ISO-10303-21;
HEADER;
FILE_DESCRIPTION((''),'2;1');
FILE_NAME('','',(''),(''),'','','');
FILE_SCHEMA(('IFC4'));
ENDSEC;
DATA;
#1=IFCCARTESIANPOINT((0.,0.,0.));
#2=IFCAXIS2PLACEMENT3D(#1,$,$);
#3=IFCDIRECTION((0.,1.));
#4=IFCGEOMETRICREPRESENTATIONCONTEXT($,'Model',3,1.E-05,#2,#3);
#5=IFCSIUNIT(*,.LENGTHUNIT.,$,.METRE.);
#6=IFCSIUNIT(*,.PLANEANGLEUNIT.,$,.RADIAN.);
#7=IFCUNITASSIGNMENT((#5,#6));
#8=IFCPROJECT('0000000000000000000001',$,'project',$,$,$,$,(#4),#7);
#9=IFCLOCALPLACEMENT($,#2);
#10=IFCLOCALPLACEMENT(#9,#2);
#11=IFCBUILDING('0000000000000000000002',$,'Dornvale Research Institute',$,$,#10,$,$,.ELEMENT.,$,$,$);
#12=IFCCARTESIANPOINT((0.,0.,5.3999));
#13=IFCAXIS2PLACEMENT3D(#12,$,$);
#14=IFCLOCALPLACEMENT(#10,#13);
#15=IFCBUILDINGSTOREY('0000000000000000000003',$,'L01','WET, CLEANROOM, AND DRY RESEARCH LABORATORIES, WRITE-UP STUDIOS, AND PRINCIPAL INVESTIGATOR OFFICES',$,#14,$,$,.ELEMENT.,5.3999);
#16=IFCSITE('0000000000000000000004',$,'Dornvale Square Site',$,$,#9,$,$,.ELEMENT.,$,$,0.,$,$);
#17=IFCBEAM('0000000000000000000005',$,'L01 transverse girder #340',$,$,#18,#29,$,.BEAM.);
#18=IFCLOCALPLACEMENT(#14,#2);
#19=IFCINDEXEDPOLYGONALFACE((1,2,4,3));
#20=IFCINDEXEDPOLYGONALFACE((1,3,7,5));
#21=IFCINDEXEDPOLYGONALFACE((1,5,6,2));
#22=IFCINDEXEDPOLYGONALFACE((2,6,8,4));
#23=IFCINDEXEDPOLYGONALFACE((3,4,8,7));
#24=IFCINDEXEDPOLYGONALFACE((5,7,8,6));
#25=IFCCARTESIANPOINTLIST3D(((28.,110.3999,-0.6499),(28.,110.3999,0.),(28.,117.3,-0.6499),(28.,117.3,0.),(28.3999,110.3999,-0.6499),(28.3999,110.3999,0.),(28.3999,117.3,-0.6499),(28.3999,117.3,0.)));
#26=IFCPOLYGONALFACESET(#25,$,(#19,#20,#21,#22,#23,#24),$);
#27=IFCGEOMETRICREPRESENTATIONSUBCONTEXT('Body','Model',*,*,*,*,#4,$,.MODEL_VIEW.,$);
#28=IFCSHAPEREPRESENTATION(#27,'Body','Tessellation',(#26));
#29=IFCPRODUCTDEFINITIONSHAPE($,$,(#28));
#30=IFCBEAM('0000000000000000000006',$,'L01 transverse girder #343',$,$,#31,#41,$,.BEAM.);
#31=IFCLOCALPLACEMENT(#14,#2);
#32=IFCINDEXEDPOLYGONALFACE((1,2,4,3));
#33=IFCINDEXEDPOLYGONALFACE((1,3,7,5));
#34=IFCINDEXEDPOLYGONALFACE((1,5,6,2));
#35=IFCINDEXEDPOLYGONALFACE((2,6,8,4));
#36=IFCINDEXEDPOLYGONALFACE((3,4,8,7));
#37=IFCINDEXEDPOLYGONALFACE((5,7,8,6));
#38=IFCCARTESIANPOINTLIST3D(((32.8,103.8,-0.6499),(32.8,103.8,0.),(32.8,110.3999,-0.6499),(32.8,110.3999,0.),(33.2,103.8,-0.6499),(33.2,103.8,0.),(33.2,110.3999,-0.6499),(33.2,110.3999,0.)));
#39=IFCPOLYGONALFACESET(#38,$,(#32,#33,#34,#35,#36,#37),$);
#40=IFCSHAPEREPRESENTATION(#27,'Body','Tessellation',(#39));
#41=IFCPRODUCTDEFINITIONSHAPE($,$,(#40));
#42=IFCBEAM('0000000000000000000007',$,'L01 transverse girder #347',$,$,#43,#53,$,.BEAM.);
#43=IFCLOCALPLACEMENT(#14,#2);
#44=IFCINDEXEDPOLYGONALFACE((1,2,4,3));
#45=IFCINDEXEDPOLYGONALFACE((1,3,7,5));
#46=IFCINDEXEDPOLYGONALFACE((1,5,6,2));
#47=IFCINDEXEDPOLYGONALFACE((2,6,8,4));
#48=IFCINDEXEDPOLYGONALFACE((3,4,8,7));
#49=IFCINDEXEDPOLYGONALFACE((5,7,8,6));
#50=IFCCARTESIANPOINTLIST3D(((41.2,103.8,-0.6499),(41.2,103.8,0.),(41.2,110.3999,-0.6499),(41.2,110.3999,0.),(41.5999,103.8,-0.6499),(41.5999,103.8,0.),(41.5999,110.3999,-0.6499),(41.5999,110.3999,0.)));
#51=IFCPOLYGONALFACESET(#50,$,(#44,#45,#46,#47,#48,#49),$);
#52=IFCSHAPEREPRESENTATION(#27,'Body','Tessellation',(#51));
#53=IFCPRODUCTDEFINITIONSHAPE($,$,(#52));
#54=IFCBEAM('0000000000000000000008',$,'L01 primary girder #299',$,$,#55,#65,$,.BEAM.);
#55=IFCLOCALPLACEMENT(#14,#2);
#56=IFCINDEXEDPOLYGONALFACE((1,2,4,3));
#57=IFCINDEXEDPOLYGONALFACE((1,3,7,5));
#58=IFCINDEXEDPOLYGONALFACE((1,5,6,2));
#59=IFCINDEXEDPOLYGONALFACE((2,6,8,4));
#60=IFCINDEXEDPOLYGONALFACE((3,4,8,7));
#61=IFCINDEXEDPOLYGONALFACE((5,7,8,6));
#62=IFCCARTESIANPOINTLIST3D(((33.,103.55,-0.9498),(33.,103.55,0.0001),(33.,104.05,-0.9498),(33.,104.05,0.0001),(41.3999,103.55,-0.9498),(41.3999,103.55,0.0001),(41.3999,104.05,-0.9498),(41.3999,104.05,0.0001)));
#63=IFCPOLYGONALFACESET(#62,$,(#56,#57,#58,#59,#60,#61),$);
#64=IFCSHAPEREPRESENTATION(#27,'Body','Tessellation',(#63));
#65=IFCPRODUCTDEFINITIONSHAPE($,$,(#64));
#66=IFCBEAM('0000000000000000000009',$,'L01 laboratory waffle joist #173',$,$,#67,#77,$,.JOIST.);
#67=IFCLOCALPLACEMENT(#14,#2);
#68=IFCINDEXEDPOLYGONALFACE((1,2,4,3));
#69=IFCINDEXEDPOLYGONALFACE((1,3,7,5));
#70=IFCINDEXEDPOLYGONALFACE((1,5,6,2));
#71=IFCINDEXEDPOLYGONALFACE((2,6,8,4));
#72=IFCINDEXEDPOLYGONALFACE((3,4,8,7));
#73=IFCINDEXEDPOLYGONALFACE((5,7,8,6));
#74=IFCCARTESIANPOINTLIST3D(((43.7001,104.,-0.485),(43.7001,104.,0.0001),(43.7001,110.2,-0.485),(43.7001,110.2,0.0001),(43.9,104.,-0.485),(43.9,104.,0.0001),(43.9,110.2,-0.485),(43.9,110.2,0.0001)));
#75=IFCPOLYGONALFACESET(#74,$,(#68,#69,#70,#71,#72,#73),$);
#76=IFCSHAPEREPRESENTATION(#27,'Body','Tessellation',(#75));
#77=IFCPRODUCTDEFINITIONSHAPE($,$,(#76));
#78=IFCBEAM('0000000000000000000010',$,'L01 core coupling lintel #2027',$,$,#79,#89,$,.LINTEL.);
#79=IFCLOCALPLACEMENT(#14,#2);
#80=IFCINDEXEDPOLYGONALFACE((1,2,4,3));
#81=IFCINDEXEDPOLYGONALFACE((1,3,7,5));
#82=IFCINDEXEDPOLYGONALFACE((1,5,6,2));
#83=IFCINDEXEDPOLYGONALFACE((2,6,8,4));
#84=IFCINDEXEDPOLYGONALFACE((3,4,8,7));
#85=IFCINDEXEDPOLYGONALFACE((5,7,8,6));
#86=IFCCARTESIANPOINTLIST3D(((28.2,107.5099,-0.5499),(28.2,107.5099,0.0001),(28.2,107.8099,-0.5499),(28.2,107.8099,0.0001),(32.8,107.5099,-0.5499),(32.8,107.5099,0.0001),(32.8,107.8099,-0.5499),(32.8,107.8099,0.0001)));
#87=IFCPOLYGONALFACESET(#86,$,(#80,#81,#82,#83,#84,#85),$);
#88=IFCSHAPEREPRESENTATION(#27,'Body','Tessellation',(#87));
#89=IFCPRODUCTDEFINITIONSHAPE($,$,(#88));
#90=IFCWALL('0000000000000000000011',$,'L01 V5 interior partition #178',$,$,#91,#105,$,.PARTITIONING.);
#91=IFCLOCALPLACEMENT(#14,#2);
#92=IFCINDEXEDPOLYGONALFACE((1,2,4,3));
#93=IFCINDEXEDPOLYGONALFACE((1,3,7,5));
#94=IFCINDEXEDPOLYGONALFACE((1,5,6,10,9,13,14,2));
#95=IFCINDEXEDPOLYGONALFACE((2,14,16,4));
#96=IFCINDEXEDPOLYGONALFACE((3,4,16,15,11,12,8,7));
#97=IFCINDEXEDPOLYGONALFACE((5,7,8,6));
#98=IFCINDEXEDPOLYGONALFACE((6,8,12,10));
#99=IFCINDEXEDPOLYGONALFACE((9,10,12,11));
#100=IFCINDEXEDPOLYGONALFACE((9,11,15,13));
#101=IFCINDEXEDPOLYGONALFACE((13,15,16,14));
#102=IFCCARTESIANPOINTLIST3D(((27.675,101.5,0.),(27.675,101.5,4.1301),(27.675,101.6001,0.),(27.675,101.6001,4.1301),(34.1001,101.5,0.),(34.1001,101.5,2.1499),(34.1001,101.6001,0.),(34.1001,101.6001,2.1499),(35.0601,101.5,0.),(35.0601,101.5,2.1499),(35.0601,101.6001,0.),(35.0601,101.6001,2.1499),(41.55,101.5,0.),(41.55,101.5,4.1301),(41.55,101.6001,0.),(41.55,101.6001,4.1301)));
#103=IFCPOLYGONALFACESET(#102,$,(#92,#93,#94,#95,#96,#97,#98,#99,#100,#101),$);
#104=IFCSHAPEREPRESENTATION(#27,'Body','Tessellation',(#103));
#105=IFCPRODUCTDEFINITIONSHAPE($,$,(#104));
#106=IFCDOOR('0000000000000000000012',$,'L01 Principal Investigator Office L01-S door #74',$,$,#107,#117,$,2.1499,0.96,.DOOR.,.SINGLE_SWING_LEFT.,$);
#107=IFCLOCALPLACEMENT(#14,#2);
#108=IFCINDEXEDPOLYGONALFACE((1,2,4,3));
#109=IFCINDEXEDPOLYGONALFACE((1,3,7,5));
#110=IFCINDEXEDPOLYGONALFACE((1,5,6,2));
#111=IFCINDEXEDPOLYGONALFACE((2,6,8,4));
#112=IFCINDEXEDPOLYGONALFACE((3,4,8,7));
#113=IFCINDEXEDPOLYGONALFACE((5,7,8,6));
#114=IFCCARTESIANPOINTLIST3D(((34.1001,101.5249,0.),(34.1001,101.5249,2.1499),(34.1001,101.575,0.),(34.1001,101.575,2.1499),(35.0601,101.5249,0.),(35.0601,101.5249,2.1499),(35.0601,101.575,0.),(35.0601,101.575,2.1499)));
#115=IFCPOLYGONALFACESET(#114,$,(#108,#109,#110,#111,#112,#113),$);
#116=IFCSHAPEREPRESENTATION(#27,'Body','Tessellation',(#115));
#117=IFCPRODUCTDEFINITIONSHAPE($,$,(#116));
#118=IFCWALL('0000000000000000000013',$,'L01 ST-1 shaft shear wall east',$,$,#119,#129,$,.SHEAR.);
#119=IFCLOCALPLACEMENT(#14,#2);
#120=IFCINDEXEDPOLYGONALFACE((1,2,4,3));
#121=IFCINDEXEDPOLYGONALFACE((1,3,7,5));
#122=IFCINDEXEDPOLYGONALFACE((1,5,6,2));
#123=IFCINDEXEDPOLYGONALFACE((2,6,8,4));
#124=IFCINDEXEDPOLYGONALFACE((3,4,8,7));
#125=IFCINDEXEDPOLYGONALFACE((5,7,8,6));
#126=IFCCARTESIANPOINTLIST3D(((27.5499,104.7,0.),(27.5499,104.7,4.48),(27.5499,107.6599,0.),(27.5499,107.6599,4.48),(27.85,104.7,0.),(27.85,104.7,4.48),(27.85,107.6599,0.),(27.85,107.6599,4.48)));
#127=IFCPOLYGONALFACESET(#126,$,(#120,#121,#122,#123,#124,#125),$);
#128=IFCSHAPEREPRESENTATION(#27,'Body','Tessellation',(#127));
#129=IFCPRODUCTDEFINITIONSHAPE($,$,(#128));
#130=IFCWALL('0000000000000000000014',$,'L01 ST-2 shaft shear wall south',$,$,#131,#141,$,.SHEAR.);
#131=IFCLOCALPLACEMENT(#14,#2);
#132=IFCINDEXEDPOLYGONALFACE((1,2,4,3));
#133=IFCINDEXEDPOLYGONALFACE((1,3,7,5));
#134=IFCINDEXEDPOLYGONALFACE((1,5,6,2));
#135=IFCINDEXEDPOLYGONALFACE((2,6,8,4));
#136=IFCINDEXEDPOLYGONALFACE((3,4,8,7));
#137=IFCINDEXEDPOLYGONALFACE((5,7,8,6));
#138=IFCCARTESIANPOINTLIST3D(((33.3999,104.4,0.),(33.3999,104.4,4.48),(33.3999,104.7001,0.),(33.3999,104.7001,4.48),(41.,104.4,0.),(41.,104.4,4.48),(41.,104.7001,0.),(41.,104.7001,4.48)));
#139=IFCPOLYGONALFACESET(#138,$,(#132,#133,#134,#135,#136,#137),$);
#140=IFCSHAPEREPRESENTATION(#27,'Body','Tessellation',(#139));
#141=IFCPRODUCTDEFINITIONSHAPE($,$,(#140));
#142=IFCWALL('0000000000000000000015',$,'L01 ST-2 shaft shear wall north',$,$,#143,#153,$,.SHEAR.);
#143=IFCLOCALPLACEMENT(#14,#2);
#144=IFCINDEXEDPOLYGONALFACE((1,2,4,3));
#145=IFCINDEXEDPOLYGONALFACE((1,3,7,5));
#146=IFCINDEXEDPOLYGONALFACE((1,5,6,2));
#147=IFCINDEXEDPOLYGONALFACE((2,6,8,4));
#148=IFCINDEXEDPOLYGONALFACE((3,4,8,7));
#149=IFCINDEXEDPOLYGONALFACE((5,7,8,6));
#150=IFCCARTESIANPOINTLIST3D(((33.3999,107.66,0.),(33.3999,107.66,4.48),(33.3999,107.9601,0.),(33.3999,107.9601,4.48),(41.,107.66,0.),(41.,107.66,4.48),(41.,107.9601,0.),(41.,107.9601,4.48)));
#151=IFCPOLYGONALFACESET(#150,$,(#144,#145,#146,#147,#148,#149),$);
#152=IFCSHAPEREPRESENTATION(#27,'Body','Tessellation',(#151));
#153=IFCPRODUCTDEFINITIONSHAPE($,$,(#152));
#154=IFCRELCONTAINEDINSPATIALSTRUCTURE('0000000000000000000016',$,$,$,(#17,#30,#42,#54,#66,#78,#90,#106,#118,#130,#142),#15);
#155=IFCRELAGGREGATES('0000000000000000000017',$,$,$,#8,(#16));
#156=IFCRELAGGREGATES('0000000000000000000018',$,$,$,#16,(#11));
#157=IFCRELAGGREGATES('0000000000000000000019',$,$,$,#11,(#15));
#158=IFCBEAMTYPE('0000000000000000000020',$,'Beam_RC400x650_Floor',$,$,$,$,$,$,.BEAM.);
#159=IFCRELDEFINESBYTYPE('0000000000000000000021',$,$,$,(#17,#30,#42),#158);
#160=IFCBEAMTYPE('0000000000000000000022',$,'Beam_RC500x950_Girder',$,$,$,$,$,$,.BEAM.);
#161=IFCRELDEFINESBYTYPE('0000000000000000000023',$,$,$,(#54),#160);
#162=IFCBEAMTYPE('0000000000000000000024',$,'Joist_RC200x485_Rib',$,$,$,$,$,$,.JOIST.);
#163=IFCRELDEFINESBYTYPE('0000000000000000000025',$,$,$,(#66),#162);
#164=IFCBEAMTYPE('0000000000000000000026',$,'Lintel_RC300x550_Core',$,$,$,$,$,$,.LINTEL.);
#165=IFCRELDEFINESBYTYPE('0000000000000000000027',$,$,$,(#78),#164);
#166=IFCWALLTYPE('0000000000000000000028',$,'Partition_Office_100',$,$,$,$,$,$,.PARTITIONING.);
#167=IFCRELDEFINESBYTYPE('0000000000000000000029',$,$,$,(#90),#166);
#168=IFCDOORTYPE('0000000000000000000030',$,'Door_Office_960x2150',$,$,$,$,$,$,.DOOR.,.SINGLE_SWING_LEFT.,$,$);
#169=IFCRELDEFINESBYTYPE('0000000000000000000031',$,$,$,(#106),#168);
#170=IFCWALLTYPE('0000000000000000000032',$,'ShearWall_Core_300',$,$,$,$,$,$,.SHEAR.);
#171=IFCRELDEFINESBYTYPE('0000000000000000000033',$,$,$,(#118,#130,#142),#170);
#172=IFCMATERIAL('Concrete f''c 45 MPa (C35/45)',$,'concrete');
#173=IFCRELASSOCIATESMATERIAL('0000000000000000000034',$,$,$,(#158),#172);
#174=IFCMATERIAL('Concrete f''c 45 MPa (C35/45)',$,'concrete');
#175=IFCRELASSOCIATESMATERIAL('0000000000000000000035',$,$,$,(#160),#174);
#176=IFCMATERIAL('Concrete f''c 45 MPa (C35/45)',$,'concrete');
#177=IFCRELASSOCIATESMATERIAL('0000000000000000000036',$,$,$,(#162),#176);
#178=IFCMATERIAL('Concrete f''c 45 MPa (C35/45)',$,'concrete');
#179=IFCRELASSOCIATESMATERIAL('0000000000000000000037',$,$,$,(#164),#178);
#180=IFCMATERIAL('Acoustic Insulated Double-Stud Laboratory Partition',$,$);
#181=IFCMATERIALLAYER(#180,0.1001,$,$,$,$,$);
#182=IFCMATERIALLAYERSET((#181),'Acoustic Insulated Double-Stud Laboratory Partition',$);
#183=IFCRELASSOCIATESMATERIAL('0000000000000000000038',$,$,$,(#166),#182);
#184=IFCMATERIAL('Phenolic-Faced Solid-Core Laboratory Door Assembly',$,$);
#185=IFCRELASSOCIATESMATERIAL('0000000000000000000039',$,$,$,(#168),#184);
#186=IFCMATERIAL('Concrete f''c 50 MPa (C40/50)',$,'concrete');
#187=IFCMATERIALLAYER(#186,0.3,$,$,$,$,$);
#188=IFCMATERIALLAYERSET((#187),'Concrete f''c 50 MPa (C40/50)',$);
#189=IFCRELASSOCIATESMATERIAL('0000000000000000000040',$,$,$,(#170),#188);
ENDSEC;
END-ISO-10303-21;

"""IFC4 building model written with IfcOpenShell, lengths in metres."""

from ifc_helpers import new_model, si_unit, direction, frame, frame_2d, origin, origin_2d, place, context, subcontext, project, spatial, rectangle, extrude, material, layer, layer_set, material_profile, profile_set, type_object, element, fill, save


model = new_model("IFC4")

# Units and contexts
model_context = context("Model", 3, precision=1e-05, world=origin(), true_north=direction((0.0, 1.0)))
body_context = subcontext(model_context, "Body", "Model", "MODEL_VIEW")
ifc_project = project(units=[si_unit("LENGTHUNIT", "METRE"), si_unit("PLANEANGLEUNIT", "RADIAN")], contexts=[model_context])

# Site, building, storey
site_placement = place(None, origin())
site = spatial("IfcSite", under=ifc_project, at=site_placement, Name="Dornvale Square Site", CompositionType="ELEMENT", RefElevation=0.0)
building_placement = place(site_placement, origin())
building = spatial("IfcBuilding", under=site, at=building_placement, Name="Dornvale Research Institute", CompositionType="ELEMENT")
storey_placement = place(building_placement, frame((0.0, 0.0, 5.3999)))
storey = spatial("IfcBuildingStorey", under=building, at=storey_placement, Name="L01", Description="WET, CLEANROOM, AND DRY RESEARCH LABORATORIES, WRITE-UP STUDIOS, AND PRINCIPAL INVESTIGATOR OFFICES", CompositionType="ELEMENT", Elevation=5.3999)

# Beams
ifc_material_1 = material(Name="Concrete f'c 45 MPa (C35/45)", Category="concrete")
ifc_material_profile_1 = material_profile(ifc_material_1, rectangle(XDim=0.3999, YDim=0.6499, at=origin_2d()), Name="RC 400x650")
ifc_profile_set_1 = profile_set([ifc_material_profile_1], Name="Concrete f'c 45 MPa (C35/45)")
beam_type_1 = type_object("IfcBeamType", Name="Beam_RC400x650_Floor", PredefinedType="BEAM", material=ifc_profile_set_1)
beam_1_placement = place(storey_placement, frame((28.2, 110.3999, -0.325), z_axis=(0.0, 1.0, 0.0), x_axis=(-1.0, 0.0, 0.0)))
element("IfcBeam", 1, at=beam_1_placement, inside=storey, type_object=beam_type_1, Name="L01 transverse girder #340", PredefinedType="BEAM", context=body_context, shape_type="SweptSolid", body=[
    extrude(rectangle(XDim=0.3999, YDim=0.6499, at=origin_2d()), origin(), (0.0, 0.0, 1.0), 6.9001),
])
for number, where, z_axis, x_axis, name in (
    (2, (33.0, 103.8, -0.325), (0.0, 1.0, 0.0), (-1.0, 0.0, 0.0), "L01 transverse girder #343"),
    (3, (41.3999, 103.8, -0.325), (0.0, 1.0, 0.0), (-1.0, 0.0, 0.0), "L01 transverse girder #347"),
):
    element("IfcBeam", number, at=place(storey_placement, frame(where, z_axis=z_axis, x_axis=x_axis)), inside=storey, type_object=beam_type_1, Name=name, PredefinedType="BEAM", context=body_context, shape_type="SweptSolid", body=[
        extrude(rectangle(XDim=0.3999, YDim=0.6499, at=origin_2d()), origin(), (0.0, 0.0, 1.0), 6.5999),
    ])
ifc_material_2 = material(Name="Concrete f'c 45 MPa (C35/45)", Category="concrete")
ifc_material_profile_2 = material_profile(ifc_material_2, rectangle(XDim=0.5, YDim=0.95, at=origin_2d()), Name="RC 500x950")
ifc_profile_set_2 = profile_set([ifc_material_profile_2], Name="Concrete f'c 45 MPa (C35/45)")
beam_type_2 = type_object("IfcBeamType", Name="Beam_RC500x950_Girder", PredefinedType="BEAM", material=ifc_profile_set_2)
beam_2_placement = place(storey_placement, frame((33.0, 103.8, -0.4749), z_axis=(1.0, 0.0, 0.0), x_axis=(0.0, 1.0, 0.0)))
element("IfcBeam", 4, at=beam_2_placement, inside=storey, type_object=beam_type_2, Name="L01 primary girder #299", PredefinedType="BEAM", context=body_context, shape_type="SweptSolid", body=[
    extrude(rectangle(XDim=0.5, YDim=0.95, at=origin_2d()), origin(), (0.0, 0.0, 1.0), 8.3999),
])
ifc_material_3 = material(Name="Concrete f'c 45 MPa (C35/45)", Category="concrete")
ifc_material_profile_3 = material_profile(ifc_material_3, rectangle(XDim=0.2, YDim=0.4851, at=origin_2d()), Name="RC 200x485")
ifc_profile_set_3 = profile_set([ifc_material_profile_3], Name="Concrete f'c 45 MPa (C35/45)")
beam_type_3 = type_object("IfcBeamType", Name="Joist_RC200x485_Rib", PredefinedType="JOIST", material=ifc_profile_set_3)
beam_3_placement = place(storey_placement, frame((43.8, 104.0, -0.2424), z_axis=(0.0, 1.0, 0.0), x_axis=(-1.0, 0.0, 0.0)))
element("IfcBeam", 5, at=beam_3_placement, inside=storey, type_object=beam_type_3, Name="L01 laboratory waffle joist #173", PredefinedType="JOIST", context=body_context, shape_type="SweptSolid", body=[
    extrude(rectangle(XDim=0.2, YDim=0.4851, at=origin_2d()), origin(), (0.0, 0.0, 1.0), 6.2),
])
ifc_material_4 = material(Name="Concrete f'c 45 MPa (C35/45)", Category="concrete")
ifc_material_profile_4 = material_profile(ifc_material_4, rectangle(XDim=0.3, YDim=0.55, at=origin_2d()), Name="RC 300x550")
ifc_profile_set_4 = profile_set([ifc_material_profile_4], Name="Concrete f'c 45 MPa (C35/45)")
beam_type_4 = type_object("IfcBeamType", Name="Lintel_RC300x550_Core", PredefinedType="LINTEL", material=ifc_profile_set_4)
beam_4_placement = place(storey_placement, frame((28.2, 107.6599, -0.2749), z_axis=(1.0, 0.0, 0.0), x_axis=(0.0, 1.0, 0.0)))
element("IfcBeam", 6, at=beam_4_placement, inside=storey, type_object=beam_type_4, Name="L01 core coupling lintel #2027", PredefinedType="LINTEL", context=body_context, shape_type="SweptSolid", body=[
    extrude(rectangle(XDim=0.3, YDim=0.55, at=origin_2d()), origin(), (0.0, 0.0, 1.0), 4.6001),
])

# Wall, opening, door
ifc_material_5 = material(Name="Acoustic Insulated Double-Stud Laboratory Partition")
ifc_layer_1 = layer(ifc_material_5, 0.1001)
ifc_layer_set_1 = layer_set([ifc_layer_1], Name="Acoustic Insulated Double-Stud Laboratory Partition")
wall_type_1 = type_object("IfcWallType", Name="Partition_Office_100", PredefinedType="PARTITIONING", material=ifc_layer_set_1)
wall_1_placement = place(storey_placement, frame((27.675, 101.55, 0.0), z_axis=(0.0, 0.0, 1.0), x_axis=(1.0, 0.0, 0.0)))
wall_1 = element("IfcWall", 7, at=wall_1_placement, inside=storey, type_object=wall_type_1, Name="L01 V5 interior partition #178", PredefinedType="PARTITIONING", context=body_context, shape_type="SweptSolid", body=[
    extrude(rectangle(XDim=13.875, YDim=0.1001, at=frame_2d((6.9375, 0.0))), origin(), (0.0, 0.0, 1.0), 4.1301),
])
opening_1_placement = place(wall_1_placement, frame((6.425, 0.0, 0.0)))
opening_1 = element("IfcOpeningElement", 8, at=opening_1_placement, cuts=wall_1, PredefinedType="OPENING", context=body_context, shape_type="SweptSolid", body=[
    extrude(rectangle(XDim=0.96, YDim=2.1499, at=frame_2d((0.48, 1.075))), frame((0.0, 0.0649, 0.0), z_axis=(0.0, -1.0, 0.0), x_axis=(1.0, 0.0, 0.0)), (0.0, 0.0, 1.0), 0.1301),
])
ifc_material_6 = material(Name="Phenolic-Faced Solid-Core Laboratory Door Assembly")
door_type_1 = type_object("IfcDoorType", Name="Door_Office_960x2150", OperationType="SINGLE_SWING_LEFT", PredefinedType="DOOR", material=ifc_material_6)
door_1_placement = place(opening_1_placement, origin())
door_1 = element("IfcDoor", 9, at=door_1_placement, inside=storey, type_object=door_type_1, Name="L01 Principal Investigator Office L01-S door #74", OperationType="SINGLE_SWING_LEFT", OverallHeight=2.1499, OverallWidth=0.96, PredefinedType="DOOR", context=body_context, shape_type="SweptSolid", body=[
    extrude(rectangle(XDim=0.96, YDim=2.1499, at=frame_2d((0.48, 1.075))), frame((0.0, 0.0249, 0.0), z_axis=(0.0, -1.0, 0.0), x_axis=(1.0, 0.0, 0.0)), (0.0, 0.0, 1.0), 0.05),
])
fill(opening_1, door_1)

# Walls
ifc_material_7 = material(Name="Concrete f'c 50 MPa (C40/50)", Category="concrete")
ifc_layer_2 = layer(ifc_material_7, 0.3)
ifc_layer_set_2 = layer_set([ifc_layer_2], Name="Concrete f'c 50 MPa (C40/50)")
wall_type_2 = type_object("IfcWallType", Name="ShearWall_Core_300", PredefinedType="SHEAR", material=ifc_layer_set_2)
wall_2_placement = place(storey_placement, frame((27.7, 104.7, 0.0), z_axis=(0.0, 0.0, 1.0), x_axis=(0.0, 1.0, 0.0)))
element("IfcWall", 10, at=wall_2_placement, inside=storey, type_object=wall_type_2, Name="L01 ST-1 shaft shear wall east", PredefinedType="SHEAR", context=body_context, shape_type="SweptSolid", body=[
    extrude(rectangle(XDim=2.96, YDim=0.3, at=frame_2d((1.48, 0.0))), origin(), (0.0, 0.0, 1.0), 4.48),
])
for number, where, z_axis, x_axis, name in (
    (11, (33.3999, 104.55, 0.0), (0.0, 0.0, 1.0), (1.0, 0.0, 0.0), "L01 ST-2 shaft shear wall south"),
    (12, (33.3999, 107.8101, 0.0), (0.0, 0.0, 1.0), (1.0, 0.0, 0.0), "L01 ST-2 shaft shear wall north"),
):
    element("IfcWall", number, at=place(storey_placement, frame(where, z_axis=z_axis, x_axis=x_axis)), inside=storey, type_object=wall_type_2, Name=name, PredefinedType="SHEAR", context=body_context, shape_type="SweptSolid", body=[
        extrude(rectangle(XDim=7.6001, YDim=0.3, at=frame_2d((3.8, 0.0))), origin(), (0.0, 0.0, 1.0), 4.48),
    ])

save(model, "model.ifc")
